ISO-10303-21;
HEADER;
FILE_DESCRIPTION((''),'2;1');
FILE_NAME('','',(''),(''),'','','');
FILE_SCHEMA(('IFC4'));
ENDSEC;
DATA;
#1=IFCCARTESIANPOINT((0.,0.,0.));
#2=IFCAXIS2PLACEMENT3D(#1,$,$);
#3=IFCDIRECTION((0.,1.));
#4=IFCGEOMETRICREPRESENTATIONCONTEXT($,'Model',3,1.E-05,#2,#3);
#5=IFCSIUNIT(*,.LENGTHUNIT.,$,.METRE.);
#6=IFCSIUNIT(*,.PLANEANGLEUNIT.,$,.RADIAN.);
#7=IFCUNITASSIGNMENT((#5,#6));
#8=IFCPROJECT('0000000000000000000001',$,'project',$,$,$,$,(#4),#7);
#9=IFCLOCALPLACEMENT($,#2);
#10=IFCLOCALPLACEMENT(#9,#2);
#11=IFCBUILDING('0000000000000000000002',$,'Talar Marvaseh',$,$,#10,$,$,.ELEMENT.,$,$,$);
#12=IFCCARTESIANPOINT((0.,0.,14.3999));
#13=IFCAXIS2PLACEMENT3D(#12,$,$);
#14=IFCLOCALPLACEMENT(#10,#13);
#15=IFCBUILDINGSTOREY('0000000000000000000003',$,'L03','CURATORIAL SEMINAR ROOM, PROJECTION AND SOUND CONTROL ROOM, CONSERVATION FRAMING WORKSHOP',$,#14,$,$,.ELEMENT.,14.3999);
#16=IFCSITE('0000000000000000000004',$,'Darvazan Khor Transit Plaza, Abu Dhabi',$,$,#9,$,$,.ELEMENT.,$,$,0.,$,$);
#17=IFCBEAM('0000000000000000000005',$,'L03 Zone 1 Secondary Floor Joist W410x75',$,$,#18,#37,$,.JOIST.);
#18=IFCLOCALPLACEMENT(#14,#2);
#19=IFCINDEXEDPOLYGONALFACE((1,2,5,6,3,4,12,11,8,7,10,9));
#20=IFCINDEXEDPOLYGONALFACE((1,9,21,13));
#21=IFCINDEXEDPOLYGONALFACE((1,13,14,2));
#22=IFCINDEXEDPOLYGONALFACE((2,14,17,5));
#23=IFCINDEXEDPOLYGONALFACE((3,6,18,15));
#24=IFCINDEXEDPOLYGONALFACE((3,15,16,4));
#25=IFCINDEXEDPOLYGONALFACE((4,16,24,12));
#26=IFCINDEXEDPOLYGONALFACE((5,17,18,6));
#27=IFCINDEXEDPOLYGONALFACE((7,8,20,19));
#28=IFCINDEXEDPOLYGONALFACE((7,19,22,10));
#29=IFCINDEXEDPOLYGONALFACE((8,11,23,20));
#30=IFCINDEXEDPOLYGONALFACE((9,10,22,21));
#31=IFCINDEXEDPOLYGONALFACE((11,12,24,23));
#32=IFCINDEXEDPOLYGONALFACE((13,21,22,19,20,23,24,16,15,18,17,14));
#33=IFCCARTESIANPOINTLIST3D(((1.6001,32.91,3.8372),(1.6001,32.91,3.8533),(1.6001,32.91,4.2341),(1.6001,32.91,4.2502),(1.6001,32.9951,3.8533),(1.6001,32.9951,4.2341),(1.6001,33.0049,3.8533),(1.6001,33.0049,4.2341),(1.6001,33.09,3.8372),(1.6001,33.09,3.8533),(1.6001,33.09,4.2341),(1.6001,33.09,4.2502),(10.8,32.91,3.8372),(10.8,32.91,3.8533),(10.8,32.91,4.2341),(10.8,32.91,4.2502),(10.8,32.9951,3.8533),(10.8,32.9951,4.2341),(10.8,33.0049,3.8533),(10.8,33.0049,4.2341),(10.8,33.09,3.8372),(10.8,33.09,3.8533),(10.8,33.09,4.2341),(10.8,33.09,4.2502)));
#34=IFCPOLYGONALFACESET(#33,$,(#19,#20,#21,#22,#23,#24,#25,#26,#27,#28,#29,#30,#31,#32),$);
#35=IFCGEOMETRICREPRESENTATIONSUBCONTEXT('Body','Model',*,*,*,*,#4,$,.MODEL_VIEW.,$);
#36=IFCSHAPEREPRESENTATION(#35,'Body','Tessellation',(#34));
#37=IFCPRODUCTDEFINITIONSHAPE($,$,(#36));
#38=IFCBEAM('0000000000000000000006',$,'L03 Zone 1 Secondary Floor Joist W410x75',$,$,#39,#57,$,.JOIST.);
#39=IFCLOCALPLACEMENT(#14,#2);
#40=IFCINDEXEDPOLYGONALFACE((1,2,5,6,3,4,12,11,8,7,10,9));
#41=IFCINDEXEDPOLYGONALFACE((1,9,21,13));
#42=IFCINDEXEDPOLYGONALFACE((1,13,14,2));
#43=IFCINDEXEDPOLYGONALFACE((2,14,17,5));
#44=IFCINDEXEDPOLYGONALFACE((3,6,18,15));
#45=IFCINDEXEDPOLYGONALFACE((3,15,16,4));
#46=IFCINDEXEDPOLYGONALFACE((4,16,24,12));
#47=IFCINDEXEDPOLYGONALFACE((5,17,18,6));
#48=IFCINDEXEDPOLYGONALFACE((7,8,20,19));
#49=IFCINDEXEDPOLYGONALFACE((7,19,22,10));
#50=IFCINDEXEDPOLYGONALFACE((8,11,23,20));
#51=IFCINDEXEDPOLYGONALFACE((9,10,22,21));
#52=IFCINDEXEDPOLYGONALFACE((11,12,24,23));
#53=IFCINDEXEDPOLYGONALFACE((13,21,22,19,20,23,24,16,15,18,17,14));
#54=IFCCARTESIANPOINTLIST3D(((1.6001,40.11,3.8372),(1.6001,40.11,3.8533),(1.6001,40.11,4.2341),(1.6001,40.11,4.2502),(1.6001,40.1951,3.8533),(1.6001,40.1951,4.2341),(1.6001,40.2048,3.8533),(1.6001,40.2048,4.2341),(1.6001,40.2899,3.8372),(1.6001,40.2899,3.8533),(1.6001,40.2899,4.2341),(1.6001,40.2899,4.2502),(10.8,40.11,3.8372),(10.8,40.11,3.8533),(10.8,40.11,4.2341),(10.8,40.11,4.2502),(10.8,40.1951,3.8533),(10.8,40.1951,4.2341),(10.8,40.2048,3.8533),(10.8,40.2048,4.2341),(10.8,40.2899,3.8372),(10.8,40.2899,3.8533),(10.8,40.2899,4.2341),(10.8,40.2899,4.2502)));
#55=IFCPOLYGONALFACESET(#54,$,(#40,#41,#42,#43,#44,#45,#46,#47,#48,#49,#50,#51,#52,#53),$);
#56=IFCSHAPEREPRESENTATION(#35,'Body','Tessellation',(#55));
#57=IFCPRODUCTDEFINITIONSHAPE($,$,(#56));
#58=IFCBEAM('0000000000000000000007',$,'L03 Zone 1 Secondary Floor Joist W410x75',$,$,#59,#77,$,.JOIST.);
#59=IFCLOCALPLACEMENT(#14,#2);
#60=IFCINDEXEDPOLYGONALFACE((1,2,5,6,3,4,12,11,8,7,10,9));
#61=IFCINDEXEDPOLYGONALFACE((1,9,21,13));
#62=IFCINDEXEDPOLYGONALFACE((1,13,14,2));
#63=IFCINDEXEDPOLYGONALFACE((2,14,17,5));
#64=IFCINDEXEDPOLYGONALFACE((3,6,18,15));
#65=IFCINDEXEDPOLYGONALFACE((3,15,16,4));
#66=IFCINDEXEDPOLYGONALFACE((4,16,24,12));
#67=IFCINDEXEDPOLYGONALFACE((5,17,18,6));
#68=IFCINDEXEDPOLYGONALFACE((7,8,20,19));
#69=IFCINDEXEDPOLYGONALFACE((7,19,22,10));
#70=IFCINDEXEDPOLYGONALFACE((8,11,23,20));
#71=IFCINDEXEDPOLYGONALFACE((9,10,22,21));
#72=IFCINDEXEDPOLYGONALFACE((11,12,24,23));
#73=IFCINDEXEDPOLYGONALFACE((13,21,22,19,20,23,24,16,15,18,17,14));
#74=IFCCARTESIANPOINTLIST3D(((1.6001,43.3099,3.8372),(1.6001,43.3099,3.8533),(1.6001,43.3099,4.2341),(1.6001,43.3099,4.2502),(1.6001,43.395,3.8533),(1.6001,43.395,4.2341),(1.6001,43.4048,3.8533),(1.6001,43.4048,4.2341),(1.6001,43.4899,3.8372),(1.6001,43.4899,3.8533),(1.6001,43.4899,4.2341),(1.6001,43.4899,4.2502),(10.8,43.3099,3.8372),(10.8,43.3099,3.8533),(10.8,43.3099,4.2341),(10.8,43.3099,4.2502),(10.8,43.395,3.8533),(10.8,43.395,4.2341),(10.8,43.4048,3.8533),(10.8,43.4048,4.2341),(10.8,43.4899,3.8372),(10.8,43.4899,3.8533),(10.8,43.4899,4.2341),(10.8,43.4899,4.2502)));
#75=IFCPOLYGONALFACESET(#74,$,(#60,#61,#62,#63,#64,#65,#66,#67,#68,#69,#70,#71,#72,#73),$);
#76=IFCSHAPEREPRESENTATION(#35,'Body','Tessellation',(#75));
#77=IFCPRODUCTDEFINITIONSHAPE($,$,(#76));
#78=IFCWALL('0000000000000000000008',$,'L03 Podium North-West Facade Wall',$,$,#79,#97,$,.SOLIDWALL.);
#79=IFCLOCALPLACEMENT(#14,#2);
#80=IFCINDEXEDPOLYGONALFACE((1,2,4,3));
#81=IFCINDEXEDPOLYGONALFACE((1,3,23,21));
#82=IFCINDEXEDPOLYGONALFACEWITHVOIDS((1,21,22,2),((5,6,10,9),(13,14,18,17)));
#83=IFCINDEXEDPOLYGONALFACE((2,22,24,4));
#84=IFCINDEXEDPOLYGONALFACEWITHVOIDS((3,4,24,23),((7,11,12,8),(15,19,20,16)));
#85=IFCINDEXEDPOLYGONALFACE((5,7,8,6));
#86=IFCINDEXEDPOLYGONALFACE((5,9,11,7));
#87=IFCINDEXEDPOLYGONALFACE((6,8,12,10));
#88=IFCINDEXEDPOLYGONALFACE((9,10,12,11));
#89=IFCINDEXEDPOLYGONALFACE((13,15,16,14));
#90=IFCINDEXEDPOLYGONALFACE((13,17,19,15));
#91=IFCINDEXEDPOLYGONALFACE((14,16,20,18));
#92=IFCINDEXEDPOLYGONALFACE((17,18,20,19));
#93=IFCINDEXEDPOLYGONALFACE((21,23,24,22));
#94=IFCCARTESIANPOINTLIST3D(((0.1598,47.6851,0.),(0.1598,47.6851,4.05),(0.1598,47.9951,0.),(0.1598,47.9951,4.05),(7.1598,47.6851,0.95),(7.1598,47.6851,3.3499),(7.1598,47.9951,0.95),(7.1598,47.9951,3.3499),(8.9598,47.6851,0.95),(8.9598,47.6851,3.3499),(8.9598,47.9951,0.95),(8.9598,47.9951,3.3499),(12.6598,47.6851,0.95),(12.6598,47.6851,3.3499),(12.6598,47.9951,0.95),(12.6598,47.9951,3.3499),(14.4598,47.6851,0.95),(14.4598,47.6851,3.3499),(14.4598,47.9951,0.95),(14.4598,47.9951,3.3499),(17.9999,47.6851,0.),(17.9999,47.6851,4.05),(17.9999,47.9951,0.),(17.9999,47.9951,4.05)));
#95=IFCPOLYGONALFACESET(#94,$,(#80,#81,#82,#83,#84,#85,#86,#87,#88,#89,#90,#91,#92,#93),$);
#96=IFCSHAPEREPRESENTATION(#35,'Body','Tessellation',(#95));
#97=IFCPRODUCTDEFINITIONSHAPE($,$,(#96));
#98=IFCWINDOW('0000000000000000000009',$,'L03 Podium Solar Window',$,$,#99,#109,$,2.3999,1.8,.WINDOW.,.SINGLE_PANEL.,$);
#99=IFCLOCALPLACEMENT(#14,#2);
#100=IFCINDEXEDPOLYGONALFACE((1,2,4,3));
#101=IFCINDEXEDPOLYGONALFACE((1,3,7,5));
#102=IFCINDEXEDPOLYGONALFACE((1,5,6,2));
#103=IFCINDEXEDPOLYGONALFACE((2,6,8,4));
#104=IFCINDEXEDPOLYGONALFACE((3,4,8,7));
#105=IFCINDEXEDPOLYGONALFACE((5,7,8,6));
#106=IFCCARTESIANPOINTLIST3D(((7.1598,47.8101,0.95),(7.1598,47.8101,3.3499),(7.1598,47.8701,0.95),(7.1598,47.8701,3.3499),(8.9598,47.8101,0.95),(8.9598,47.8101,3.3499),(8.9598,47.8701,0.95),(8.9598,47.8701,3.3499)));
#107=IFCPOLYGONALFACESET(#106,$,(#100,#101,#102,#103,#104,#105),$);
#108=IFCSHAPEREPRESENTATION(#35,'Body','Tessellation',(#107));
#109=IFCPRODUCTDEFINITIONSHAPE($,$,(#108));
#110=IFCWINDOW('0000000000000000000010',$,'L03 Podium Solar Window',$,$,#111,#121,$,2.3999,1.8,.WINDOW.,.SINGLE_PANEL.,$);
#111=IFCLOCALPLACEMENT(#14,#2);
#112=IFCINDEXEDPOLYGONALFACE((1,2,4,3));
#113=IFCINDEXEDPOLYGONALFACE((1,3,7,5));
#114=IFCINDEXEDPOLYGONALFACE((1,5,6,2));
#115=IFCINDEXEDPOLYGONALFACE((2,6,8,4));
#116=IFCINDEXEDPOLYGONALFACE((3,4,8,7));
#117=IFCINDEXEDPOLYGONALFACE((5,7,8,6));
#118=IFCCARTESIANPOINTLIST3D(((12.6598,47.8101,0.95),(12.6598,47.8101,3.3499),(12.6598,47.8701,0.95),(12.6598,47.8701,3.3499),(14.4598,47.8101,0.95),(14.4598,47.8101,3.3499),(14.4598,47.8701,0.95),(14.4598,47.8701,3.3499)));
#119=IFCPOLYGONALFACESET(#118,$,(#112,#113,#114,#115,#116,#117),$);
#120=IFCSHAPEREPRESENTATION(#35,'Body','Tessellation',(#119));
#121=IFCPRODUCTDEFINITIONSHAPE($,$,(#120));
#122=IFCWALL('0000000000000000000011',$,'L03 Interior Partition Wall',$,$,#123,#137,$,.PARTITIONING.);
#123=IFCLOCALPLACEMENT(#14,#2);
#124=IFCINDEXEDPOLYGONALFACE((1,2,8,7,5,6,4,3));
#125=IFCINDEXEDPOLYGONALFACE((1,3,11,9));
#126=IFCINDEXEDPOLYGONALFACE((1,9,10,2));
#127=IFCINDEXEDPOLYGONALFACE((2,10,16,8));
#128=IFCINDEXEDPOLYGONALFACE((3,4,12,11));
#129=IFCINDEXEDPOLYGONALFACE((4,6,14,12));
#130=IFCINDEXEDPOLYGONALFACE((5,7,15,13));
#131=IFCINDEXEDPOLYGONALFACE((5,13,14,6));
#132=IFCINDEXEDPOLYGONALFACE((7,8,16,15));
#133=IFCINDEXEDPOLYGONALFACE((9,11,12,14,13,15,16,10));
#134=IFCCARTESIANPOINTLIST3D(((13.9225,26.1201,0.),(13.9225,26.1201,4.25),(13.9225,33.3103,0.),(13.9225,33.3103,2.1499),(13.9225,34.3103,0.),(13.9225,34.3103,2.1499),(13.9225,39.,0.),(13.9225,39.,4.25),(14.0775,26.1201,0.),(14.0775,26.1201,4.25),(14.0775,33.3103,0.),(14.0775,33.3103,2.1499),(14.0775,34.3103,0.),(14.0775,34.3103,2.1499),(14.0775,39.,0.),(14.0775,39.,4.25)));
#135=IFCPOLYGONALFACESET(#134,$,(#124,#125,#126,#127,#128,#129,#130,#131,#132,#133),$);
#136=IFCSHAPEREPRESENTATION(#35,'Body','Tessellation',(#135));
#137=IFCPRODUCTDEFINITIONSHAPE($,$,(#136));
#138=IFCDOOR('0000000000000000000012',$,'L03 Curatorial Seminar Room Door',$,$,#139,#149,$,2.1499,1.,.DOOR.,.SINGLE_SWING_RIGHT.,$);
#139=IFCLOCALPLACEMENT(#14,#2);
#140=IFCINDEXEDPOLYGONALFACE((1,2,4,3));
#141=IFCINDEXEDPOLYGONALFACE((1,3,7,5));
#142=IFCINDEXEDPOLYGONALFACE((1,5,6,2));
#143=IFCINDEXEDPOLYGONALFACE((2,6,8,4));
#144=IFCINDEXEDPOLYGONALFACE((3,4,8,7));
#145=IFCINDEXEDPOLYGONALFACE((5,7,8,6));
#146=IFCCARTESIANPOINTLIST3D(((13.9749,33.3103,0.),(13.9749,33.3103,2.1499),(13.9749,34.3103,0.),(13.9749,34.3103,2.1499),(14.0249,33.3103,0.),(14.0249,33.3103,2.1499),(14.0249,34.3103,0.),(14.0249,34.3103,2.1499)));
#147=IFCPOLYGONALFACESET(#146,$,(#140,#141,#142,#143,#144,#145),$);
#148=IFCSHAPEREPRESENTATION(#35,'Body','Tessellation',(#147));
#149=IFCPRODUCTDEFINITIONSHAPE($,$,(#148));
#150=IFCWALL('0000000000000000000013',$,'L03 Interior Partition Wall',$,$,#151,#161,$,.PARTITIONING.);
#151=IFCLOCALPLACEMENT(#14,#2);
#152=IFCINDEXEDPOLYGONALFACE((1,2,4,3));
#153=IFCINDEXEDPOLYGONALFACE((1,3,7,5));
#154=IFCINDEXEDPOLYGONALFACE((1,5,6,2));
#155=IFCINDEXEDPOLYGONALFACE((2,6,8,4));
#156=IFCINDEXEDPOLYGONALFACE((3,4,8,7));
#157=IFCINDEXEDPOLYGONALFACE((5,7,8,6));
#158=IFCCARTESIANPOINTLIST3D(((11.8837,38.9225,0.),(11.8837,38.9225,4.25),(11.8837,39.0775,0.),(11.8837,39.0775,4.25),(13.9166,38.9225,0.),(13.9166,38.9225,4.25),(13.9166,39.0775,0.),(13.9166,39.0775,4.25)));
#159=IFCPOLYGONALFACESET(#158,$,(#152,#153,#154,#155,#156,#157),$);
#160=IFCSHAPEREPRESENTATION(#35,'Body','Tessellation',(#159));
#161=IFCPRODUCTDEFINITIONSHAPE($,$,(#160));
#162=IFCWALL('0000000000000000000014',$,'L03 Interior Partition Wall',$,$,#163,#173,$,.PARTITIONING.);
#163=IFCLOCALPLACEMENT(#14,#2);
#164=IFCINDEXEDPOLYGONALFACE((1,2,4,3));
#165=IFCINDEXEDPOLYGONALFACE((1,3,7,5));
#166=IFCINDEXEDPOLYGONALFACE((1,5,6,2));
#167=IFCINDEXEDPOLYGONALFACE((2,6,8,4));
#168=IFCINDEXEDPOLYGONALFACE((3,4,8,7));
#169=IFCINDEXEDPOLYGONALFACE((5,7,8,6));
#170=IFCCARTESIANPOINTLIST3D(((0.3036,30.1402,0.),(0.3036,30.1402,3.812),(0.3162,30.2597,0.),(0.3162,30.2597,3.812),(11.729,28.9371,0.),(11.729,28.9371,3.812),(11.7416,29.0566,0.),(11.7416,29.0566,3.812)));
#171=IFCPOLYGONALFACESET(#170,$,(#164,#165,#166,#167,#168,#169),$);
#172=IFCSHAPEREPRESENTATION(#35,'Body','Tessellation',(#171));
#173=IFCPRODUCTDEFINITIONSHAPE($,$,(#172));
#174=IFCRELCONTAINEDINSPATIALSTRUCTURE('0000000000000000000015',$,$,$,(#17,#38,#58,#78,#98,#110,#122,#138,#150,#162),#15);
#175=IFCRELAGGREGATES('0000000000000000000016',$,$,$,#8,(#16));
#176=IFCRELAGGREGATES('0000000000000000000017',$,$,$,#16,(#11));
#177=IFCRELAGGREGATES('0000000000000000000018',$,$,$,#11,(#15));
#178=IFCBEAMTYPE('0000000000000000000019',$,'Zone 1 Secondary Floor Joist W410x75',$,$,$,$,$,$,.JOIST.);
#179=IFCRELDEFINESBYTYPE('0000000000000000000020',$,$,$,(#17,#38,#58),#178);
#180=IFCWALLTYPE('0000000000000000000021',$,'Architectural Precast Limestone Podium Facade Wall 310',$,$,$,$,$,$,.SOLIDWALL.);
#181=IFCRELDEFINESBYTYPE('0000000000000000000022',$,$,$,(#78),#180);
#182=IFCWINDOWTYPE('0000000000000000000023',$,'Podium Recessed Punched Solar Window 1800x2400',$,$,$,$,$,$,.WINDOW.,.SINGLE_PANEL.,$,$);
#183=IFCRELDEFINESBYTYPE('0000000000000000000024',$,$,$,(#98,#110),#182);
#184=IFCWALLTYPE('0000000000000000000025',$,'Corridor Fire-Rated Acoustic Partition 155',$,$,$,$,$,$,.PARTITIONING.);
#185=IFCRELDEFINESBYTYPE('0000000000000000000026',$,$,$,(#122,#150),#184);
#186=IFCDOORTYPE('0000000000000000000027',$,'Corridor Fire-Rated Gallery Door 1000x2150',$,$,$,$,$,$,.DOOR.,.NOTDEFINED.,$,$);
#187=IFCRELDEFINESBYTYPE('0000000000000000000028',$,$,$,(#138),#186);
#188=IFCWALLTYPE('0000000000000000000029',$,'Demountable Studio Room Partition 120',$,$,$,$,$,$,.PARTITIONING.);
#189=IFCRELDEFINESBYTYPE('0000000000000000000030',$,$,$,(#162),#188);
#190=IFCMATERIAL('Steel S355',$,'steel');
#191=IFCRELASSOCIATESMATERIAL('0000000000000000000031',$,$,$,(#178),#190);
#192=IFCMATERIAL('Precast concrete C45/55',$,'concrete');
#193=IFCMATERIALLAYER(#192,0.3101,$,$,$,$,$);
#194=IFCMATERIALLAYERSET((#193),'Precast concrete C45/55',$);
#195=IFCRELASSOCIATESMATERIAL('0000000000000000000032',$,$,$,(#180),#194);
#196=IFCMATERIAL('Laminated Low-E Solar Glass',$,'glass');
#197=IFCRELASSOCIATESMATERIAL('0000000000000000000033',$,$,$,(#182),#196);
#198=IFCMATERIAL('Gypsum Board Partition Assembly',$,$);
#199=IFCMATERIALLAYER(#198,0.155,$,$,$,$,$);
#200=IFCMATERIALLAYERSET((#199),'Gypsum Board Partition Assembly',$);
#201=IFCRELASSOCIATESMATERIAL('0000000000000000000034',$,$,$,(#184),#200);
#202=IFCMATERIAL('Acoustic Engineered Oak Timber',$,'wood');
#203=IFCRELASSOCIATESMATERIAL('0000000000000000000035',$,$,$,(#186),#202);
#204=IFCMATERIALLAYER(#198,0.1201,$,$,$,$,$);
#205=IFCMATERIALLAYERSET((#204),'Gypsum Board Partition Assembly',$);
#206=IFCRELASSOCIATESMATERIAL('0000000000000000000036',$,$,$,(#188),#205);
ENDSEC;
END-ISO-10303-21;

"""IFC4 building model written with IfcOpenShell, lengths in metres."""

from ifc_helpers import new_model, si_unit, direction, frame, frame_2d, origin, origin_2d, place, context, subcontext, project, spatial, rectangle, i_section, extrude, source, transform, mapped, material, layer, layer_set, material_profile, profile_set, type_object, type_shapes, element, fill, save


model = new_model("IFC4")

# Units and contexts
model_context = context("Model", 3, precision=1e-05, world=origin(), true_north=direction((0.0, 1.0)))
body_context = subcontext(model_context, "Body", "Model", "MODEL_VIEW")
ifc_project = project(units=[si_unit("LENGTHUNIT", "METRE"), si_unit("PLANEANGLEUNIT", "RADIAN")], contexts=[model_context])

# Site, building, storey
site_placement = place(None, origin())
site = spatial("IfcSite", under=ifc_project, at=site_placement, Name="Darvazan Khor Transit Plaza, Abu Dhabi", CompositionType="ELEMENT", RefElevation=0.0)
building_placement = place(site_placement, origin())
building = spatial("IfcBuilding", under=site, at=building_placement, Name="Talar Marvaseh", CompositionType="ELEMENT")
storey_placement = place(building_placement, frame((0.0, 0.0, 14.3999)))
storey = spatial("IfcBuildingStorey", under=building, at=storey_placement, Name="L03", Description="CURATORIAL SEMINAR ROOM, PROJECTION AND SOUND CONTROL ROOM, CONSERVATION FRAMING WORKSHOP", CompositionType="ELEMENT", Elevation=14.3999)

# Beams
ifc_material_1 = material(Name="Steel S355", Category="steel")
ifc_material_profile_1 = material_profile(ifc_material_1, i_section(OverallWidth=0.1799, OverallDepth=0.4131, WebThickness=0.0098, FlangeThickness=0.0161, at=origin_2d()), Name="W410x75")
ifc_profile_set_1 = profile_set([ifc_material_profile_1], Name="Steel S355")
beam_type_1 = type_object("IfcBeamType", Name="Zone 1 Secondary Floor Joist W410x75", PredefinedType="JOIST", material=ifc_profile_set_1)
for number, where, z_axis, x_axis, name in (
    (1, (1.6001, 33.0, 4.0437), (1.0, 0.0, 0.0), (0.0, 1.0, 0.0), "L03 Zone 1 Secondary Floor Joist W410x75"),
    (2, (1.6001, 40.2, 4.0437), (1.0, 0.0, 0.0), (0.0, 1.0, 0.0), "L03 Zone 1 Secondary Floor Joist W410x75"),
    (3, (1.6001, 43.3999, 4.0437), (1.0, 0.0, 0.0), (0.0, 1.0, 0.0), "L03 Zone 1 Secondary Floor Joist W410x75"),
):
    element("IfcBeam", number, at=place(storey_placement, frame(where, z_axis=z_axis, x_axis=x_axis)), inside=storey, type_object=beam_type_1, Name=name, PredefinedType="JOIST", context=body_context, shape_type="SweptSolid", body=[
        extrude(i_section(OverallWidth=0.1799, OverallDepth=0.4131, WebThickness=0.0098, FlangeThickness=0.0161, at=origin_2d()), origin(), (0.0, 0.0, 1.0), 9.2),
    ])

# Wall, openings, windows
ifc_material_2 = material(Name="Precast concrete C45/55", Category="concrete")
ifc_layer_1 = layer(ifc_material_2, 0.3101)
ifc_layer_set_1 = layer_set([ifc_layer_1], Name="Precast concrete C45/55")
wall_type_1 = type_object("IfcWallType", Name="Architectural Precast Limestone Podium Facade Wall 310", PredefinedType="SOLIDWALL", material=ifc_layer_set_1)
wall_1_placement = place(storey_placement, frame((0.1599, 47.8401, 0.0), z_axis=(0.0, 0.0, 1.0), x_axis=(1.0, 0.0, 0.0)))
wall_1 = element("IfcWall", 4, at=wall_1_placement, inside=storey, type_object=wall_type_1, Name="L03 Podium North-West Facade Wall", PredefinedType="SOLIDWALL", context=body_context, shape_type="SweptSolid", body=[
    extrude(rectangle(XDim=17.8401, YDim=0.3101, at=frame_2d((8.9199, 0.0))), origin(), (0.0, 0.0, 1.0), 4.05),
])
opening_1_placement = place(wall_1_placement, frame((7.0, 0.0, 0.95)))
opening_1 = element("IfcOpeningElement", 5, at=opening_1_placement, cuts=wall_1, PredefinedType="OPENING", context=body_context, shape_type="SweptSolid", body=[
    extrude(rectangle(XDim=1.8, YDim=2.3999, at=frame_2d((0.8999, 1.2))), frame((0.0, 0.165, 0.0), z_axis=(0.0, -1.0, 0.0), x_axis=(1.0, 0.0, 0.0)), (0.0, 0.0, 1.0), 0.3301),
])
opening_2_placement = place(wall_1_placement, frame((12.5, 0.0, 0.95)))
opening_2 = element("IfcOpeningElement", 6, at=opening_2_placement, cuts=wall_1, PredefinedType="OPENING", context=body_context, shape_type="SweptSolid", body=[
    extrude(rectangle(XDim=1.8, YDim=2.3999, at=frame_2d((0.8999, 1.2))), frame((0.0, 0.165, 0.0), z_axis=(0.0, -1.0, 0.0), x_axis=(1.0, 0.0, 0.0)), (0.0, 0.0, 1.0), 0.3301),
])
ifc_material_3 = material(Name="Laminated Low-E Solar Glass", Category="glass")
window_type = type_object("IfcWindowType", Name="Podium Recessed Punched Solar Window 1800x2400", PartitioningType="SINGLE_PANEL", PredefinedType="WINDOW", material=ifc_material_3)
shared_shape_1 = source(origin(), body_context, "Body", "SweptSolid", [
    extrude(rectangle(XDim=1.8, YDim=2.3999, at=frame_2d((0.8999, 1.2))), frame((0.0, 0.03, 0.0), z_axis=(0.0, -1.0, 0.0), x_axis=(1.0, 0.0, 0.0)), (0.0, 0.0, 1.0), 0.0601),
])
type_shapes(window_type, [shared_shape_1])
window_1_placement = place(opening_1_placement, origin())
window_1 = element("IfcWindow", 7, at=window_1_placement, inside=storey, type_object=window_type, Name="L03 Podium Solar Window", OverallHeight=2.3999, OverallWidth=1.8, PartitioningType="SINGLE_PANEL", PredefinedType="WINDOW", context=body_context, shape_type="MappedRepresentation", body=[
    mapped(shared_shape_1, transform((0.0, 0.0, 0.0), x_axis=(1.0, 0.0, 0.0), y_axis=(0.0, 1.0, 0.0), z_axis=(0.0, 0.0, 1.0), scale=1.0)),
])
fill(opening_1, window_1)
window_2_placement = place(opening_2_placement, origin())
window_2 = element("IfcWindow", 8, at=window_2_placement, inside=storey, type_object=window_type, Name="L03 Podium Solar Window", OverallHeight=2.3999, OverallWidth=1.8, PartitioningType="SINGLE_PANEL", PredefinedType="WINDOW", context=body_context, shape_type="MappedRepresentation", body=[
    mapped(shared_shape_1, transform((0.0, 0.0, 0.0), x_axis=(1.0, 0.0, 0.0), y_axis=(0.0, 1.0, 0.0), z_axis=(0.0, 0.0, 1.0), scale=1.0)),
])
fill(opening_2, window_2)

# Wall, opening, door
ifc_material_4 = material(Name="Gypsum Board Partition Assembly")
ifc_layer_2 = layer(ifc_material_4, 0.155)
ifc_layer_set_2 = layer_set([ifc_layer_2], Name="Gypsum Board Partition Assembly")
wall_type_2 = type_object("IfcWallType", Name="Corridor Fire-Rated Acoustic Partition 155", PredefinedType="PARTITIONING", material=ifc_layer_set_2)
wall_2_placement = place(storey_placement, frame((14.0, 39.0, 0.0), z_axis=(0.0, 0.0, 1.0), x_axis=(0.0, -1.0, 0.0)))
wall_2 = element("IfcWall", 9, at=wall_2_placement, inside=storey, type_object=wall_type_2, Name="L03 Interior Partition Wall", PredefinedType="PARTITIONING", context=body_context, shape_type="SweptSolid", body=[
    extrude(rectangle(XDim=12.8799, YDim=0.155, at=frame_2d((6.4399, 0.0))), origin(), (0.0, 0.0, 1.0), 4.25),
])
opening_3_placement = place(wall_2_placement, frame((4.6897, 0.0, 0.0)))
opening_3 = element("IfcOpeningElement", 10, at=opening_3_placement, cuts=wall_2, PredefinedType="OPENING", context=body_context, shape_type="SweptSolid", body=[
    extrude(rectangle(XDim=1.0, YDim=2.1499, at=frame_2d((0.5, 1.075))), frame((0.0, 0.0874, 0.0), z_axis=(0.0, -1.0, 0.0), x_axis=(1.0, 0.0, 0.0)), (0.0, 0.0, 1.0), 0.175),
])
ifc_material_5 = material(Name="Acoustic Engineered Oak Timber", Category="wood")
door_type = type_object("IfcDoorType", Name="Corridor Fire-Rated Gallery Door 1000x2150", OperationType="NOTDEFINED", PredefinedType="DOOR", material=ifc_material_5)
shared_shape_2 = source(origin(), body_context, "Body", "SweptSolid", [
    extrude(rectangle(XDim=1.0, YDim=2.1499, at=frame_2d((0.5, 1.075))), frame((0.0, 0.0249, 0.0), z_axis=(0.0, -1.0, 0.0), x_axis=(1.0, 0.0, 0.0)), (0.0, 0.0, 1.0), 0.05),
])
type_shapes(door_type, [shared_shape_2])
door_placement = place(opening_3_placement, origin())
door = element("IfcDoor", 11, at=door_placement, inside=storey, type_object=door_type, Name="L03 Curatorial Seminar Room Door", OperationType="SINGLE_SWING_RIGHT", OverallHeight=2.1499, OverallWidth=1.0, PredefinedType="DOOR", context=body_context, shape_type="MappedRepresentation", body=[
    mapped(shared_shape_2, transform((0.0, 0.0, 0.0), x_axis=(1.0, 0.0, 0.0), y_axis=(0.0, 1.0, 0.0), z_axis=(0.0, 0.0, 1.0), scale=1.0)),
])
fill(opening_3, door)

# Walls
wall_3_placement = place(storey_placement, frame((11.8835, 39.0, 0.0), z_axis=(0.0, 0.0, 1.0), x_axis=(1.0, 0.0, 0.0)))
element("IfcWall", 12, at=wall_3_placement, inside=storey, type_object=wall_type_2, Name="L03 Interior Partition Wall", PredefinedType="PARTITIONING", context=body_context, shape_type="SweptSolid", body=[
    extrude(rectangle(XDim=2.033, YDim=0.155, at=frame_2d((1.0166, 0.0))), origin(), (0.0, 0.0, 1.0), 4.25),
])
ifc_layer_3 = layer(ifc_material_4, 0.1201)
ifc_layer_set_3 = layer_set([ifc_layer_3], Name="Gypsum Board Partition Assembly")
wall_type_3 = type_object("IfcWallType", Name="Demountable Studio Room Partition 120", PredefinedType="PARTITIONING", material=ifc_layer_set_3)
wall_4_placement = place(storey_placement, frame((0.3101, 30.2, 0.0), z_axis=(0.0, 0.0, 1.0), x_axis=(0.994501, -0.104725, 0.0)))
element("IfcWall", 13, at=wall_4_placement, inside=storey, type_object=wall_type_3, Name="L03 Interior Partition Wall", PredefinedType="PARTITIONING", context=body_context, shape_type="SweptSolid", body=[
    extrude(rectangle(XDim=11.4885, YDim=0.1201, at=frame_2d((5.7441, 0.0))), origin(), (0.0, 0.0, 1.0), 3.812),
])

save(model, "model.ifc")
